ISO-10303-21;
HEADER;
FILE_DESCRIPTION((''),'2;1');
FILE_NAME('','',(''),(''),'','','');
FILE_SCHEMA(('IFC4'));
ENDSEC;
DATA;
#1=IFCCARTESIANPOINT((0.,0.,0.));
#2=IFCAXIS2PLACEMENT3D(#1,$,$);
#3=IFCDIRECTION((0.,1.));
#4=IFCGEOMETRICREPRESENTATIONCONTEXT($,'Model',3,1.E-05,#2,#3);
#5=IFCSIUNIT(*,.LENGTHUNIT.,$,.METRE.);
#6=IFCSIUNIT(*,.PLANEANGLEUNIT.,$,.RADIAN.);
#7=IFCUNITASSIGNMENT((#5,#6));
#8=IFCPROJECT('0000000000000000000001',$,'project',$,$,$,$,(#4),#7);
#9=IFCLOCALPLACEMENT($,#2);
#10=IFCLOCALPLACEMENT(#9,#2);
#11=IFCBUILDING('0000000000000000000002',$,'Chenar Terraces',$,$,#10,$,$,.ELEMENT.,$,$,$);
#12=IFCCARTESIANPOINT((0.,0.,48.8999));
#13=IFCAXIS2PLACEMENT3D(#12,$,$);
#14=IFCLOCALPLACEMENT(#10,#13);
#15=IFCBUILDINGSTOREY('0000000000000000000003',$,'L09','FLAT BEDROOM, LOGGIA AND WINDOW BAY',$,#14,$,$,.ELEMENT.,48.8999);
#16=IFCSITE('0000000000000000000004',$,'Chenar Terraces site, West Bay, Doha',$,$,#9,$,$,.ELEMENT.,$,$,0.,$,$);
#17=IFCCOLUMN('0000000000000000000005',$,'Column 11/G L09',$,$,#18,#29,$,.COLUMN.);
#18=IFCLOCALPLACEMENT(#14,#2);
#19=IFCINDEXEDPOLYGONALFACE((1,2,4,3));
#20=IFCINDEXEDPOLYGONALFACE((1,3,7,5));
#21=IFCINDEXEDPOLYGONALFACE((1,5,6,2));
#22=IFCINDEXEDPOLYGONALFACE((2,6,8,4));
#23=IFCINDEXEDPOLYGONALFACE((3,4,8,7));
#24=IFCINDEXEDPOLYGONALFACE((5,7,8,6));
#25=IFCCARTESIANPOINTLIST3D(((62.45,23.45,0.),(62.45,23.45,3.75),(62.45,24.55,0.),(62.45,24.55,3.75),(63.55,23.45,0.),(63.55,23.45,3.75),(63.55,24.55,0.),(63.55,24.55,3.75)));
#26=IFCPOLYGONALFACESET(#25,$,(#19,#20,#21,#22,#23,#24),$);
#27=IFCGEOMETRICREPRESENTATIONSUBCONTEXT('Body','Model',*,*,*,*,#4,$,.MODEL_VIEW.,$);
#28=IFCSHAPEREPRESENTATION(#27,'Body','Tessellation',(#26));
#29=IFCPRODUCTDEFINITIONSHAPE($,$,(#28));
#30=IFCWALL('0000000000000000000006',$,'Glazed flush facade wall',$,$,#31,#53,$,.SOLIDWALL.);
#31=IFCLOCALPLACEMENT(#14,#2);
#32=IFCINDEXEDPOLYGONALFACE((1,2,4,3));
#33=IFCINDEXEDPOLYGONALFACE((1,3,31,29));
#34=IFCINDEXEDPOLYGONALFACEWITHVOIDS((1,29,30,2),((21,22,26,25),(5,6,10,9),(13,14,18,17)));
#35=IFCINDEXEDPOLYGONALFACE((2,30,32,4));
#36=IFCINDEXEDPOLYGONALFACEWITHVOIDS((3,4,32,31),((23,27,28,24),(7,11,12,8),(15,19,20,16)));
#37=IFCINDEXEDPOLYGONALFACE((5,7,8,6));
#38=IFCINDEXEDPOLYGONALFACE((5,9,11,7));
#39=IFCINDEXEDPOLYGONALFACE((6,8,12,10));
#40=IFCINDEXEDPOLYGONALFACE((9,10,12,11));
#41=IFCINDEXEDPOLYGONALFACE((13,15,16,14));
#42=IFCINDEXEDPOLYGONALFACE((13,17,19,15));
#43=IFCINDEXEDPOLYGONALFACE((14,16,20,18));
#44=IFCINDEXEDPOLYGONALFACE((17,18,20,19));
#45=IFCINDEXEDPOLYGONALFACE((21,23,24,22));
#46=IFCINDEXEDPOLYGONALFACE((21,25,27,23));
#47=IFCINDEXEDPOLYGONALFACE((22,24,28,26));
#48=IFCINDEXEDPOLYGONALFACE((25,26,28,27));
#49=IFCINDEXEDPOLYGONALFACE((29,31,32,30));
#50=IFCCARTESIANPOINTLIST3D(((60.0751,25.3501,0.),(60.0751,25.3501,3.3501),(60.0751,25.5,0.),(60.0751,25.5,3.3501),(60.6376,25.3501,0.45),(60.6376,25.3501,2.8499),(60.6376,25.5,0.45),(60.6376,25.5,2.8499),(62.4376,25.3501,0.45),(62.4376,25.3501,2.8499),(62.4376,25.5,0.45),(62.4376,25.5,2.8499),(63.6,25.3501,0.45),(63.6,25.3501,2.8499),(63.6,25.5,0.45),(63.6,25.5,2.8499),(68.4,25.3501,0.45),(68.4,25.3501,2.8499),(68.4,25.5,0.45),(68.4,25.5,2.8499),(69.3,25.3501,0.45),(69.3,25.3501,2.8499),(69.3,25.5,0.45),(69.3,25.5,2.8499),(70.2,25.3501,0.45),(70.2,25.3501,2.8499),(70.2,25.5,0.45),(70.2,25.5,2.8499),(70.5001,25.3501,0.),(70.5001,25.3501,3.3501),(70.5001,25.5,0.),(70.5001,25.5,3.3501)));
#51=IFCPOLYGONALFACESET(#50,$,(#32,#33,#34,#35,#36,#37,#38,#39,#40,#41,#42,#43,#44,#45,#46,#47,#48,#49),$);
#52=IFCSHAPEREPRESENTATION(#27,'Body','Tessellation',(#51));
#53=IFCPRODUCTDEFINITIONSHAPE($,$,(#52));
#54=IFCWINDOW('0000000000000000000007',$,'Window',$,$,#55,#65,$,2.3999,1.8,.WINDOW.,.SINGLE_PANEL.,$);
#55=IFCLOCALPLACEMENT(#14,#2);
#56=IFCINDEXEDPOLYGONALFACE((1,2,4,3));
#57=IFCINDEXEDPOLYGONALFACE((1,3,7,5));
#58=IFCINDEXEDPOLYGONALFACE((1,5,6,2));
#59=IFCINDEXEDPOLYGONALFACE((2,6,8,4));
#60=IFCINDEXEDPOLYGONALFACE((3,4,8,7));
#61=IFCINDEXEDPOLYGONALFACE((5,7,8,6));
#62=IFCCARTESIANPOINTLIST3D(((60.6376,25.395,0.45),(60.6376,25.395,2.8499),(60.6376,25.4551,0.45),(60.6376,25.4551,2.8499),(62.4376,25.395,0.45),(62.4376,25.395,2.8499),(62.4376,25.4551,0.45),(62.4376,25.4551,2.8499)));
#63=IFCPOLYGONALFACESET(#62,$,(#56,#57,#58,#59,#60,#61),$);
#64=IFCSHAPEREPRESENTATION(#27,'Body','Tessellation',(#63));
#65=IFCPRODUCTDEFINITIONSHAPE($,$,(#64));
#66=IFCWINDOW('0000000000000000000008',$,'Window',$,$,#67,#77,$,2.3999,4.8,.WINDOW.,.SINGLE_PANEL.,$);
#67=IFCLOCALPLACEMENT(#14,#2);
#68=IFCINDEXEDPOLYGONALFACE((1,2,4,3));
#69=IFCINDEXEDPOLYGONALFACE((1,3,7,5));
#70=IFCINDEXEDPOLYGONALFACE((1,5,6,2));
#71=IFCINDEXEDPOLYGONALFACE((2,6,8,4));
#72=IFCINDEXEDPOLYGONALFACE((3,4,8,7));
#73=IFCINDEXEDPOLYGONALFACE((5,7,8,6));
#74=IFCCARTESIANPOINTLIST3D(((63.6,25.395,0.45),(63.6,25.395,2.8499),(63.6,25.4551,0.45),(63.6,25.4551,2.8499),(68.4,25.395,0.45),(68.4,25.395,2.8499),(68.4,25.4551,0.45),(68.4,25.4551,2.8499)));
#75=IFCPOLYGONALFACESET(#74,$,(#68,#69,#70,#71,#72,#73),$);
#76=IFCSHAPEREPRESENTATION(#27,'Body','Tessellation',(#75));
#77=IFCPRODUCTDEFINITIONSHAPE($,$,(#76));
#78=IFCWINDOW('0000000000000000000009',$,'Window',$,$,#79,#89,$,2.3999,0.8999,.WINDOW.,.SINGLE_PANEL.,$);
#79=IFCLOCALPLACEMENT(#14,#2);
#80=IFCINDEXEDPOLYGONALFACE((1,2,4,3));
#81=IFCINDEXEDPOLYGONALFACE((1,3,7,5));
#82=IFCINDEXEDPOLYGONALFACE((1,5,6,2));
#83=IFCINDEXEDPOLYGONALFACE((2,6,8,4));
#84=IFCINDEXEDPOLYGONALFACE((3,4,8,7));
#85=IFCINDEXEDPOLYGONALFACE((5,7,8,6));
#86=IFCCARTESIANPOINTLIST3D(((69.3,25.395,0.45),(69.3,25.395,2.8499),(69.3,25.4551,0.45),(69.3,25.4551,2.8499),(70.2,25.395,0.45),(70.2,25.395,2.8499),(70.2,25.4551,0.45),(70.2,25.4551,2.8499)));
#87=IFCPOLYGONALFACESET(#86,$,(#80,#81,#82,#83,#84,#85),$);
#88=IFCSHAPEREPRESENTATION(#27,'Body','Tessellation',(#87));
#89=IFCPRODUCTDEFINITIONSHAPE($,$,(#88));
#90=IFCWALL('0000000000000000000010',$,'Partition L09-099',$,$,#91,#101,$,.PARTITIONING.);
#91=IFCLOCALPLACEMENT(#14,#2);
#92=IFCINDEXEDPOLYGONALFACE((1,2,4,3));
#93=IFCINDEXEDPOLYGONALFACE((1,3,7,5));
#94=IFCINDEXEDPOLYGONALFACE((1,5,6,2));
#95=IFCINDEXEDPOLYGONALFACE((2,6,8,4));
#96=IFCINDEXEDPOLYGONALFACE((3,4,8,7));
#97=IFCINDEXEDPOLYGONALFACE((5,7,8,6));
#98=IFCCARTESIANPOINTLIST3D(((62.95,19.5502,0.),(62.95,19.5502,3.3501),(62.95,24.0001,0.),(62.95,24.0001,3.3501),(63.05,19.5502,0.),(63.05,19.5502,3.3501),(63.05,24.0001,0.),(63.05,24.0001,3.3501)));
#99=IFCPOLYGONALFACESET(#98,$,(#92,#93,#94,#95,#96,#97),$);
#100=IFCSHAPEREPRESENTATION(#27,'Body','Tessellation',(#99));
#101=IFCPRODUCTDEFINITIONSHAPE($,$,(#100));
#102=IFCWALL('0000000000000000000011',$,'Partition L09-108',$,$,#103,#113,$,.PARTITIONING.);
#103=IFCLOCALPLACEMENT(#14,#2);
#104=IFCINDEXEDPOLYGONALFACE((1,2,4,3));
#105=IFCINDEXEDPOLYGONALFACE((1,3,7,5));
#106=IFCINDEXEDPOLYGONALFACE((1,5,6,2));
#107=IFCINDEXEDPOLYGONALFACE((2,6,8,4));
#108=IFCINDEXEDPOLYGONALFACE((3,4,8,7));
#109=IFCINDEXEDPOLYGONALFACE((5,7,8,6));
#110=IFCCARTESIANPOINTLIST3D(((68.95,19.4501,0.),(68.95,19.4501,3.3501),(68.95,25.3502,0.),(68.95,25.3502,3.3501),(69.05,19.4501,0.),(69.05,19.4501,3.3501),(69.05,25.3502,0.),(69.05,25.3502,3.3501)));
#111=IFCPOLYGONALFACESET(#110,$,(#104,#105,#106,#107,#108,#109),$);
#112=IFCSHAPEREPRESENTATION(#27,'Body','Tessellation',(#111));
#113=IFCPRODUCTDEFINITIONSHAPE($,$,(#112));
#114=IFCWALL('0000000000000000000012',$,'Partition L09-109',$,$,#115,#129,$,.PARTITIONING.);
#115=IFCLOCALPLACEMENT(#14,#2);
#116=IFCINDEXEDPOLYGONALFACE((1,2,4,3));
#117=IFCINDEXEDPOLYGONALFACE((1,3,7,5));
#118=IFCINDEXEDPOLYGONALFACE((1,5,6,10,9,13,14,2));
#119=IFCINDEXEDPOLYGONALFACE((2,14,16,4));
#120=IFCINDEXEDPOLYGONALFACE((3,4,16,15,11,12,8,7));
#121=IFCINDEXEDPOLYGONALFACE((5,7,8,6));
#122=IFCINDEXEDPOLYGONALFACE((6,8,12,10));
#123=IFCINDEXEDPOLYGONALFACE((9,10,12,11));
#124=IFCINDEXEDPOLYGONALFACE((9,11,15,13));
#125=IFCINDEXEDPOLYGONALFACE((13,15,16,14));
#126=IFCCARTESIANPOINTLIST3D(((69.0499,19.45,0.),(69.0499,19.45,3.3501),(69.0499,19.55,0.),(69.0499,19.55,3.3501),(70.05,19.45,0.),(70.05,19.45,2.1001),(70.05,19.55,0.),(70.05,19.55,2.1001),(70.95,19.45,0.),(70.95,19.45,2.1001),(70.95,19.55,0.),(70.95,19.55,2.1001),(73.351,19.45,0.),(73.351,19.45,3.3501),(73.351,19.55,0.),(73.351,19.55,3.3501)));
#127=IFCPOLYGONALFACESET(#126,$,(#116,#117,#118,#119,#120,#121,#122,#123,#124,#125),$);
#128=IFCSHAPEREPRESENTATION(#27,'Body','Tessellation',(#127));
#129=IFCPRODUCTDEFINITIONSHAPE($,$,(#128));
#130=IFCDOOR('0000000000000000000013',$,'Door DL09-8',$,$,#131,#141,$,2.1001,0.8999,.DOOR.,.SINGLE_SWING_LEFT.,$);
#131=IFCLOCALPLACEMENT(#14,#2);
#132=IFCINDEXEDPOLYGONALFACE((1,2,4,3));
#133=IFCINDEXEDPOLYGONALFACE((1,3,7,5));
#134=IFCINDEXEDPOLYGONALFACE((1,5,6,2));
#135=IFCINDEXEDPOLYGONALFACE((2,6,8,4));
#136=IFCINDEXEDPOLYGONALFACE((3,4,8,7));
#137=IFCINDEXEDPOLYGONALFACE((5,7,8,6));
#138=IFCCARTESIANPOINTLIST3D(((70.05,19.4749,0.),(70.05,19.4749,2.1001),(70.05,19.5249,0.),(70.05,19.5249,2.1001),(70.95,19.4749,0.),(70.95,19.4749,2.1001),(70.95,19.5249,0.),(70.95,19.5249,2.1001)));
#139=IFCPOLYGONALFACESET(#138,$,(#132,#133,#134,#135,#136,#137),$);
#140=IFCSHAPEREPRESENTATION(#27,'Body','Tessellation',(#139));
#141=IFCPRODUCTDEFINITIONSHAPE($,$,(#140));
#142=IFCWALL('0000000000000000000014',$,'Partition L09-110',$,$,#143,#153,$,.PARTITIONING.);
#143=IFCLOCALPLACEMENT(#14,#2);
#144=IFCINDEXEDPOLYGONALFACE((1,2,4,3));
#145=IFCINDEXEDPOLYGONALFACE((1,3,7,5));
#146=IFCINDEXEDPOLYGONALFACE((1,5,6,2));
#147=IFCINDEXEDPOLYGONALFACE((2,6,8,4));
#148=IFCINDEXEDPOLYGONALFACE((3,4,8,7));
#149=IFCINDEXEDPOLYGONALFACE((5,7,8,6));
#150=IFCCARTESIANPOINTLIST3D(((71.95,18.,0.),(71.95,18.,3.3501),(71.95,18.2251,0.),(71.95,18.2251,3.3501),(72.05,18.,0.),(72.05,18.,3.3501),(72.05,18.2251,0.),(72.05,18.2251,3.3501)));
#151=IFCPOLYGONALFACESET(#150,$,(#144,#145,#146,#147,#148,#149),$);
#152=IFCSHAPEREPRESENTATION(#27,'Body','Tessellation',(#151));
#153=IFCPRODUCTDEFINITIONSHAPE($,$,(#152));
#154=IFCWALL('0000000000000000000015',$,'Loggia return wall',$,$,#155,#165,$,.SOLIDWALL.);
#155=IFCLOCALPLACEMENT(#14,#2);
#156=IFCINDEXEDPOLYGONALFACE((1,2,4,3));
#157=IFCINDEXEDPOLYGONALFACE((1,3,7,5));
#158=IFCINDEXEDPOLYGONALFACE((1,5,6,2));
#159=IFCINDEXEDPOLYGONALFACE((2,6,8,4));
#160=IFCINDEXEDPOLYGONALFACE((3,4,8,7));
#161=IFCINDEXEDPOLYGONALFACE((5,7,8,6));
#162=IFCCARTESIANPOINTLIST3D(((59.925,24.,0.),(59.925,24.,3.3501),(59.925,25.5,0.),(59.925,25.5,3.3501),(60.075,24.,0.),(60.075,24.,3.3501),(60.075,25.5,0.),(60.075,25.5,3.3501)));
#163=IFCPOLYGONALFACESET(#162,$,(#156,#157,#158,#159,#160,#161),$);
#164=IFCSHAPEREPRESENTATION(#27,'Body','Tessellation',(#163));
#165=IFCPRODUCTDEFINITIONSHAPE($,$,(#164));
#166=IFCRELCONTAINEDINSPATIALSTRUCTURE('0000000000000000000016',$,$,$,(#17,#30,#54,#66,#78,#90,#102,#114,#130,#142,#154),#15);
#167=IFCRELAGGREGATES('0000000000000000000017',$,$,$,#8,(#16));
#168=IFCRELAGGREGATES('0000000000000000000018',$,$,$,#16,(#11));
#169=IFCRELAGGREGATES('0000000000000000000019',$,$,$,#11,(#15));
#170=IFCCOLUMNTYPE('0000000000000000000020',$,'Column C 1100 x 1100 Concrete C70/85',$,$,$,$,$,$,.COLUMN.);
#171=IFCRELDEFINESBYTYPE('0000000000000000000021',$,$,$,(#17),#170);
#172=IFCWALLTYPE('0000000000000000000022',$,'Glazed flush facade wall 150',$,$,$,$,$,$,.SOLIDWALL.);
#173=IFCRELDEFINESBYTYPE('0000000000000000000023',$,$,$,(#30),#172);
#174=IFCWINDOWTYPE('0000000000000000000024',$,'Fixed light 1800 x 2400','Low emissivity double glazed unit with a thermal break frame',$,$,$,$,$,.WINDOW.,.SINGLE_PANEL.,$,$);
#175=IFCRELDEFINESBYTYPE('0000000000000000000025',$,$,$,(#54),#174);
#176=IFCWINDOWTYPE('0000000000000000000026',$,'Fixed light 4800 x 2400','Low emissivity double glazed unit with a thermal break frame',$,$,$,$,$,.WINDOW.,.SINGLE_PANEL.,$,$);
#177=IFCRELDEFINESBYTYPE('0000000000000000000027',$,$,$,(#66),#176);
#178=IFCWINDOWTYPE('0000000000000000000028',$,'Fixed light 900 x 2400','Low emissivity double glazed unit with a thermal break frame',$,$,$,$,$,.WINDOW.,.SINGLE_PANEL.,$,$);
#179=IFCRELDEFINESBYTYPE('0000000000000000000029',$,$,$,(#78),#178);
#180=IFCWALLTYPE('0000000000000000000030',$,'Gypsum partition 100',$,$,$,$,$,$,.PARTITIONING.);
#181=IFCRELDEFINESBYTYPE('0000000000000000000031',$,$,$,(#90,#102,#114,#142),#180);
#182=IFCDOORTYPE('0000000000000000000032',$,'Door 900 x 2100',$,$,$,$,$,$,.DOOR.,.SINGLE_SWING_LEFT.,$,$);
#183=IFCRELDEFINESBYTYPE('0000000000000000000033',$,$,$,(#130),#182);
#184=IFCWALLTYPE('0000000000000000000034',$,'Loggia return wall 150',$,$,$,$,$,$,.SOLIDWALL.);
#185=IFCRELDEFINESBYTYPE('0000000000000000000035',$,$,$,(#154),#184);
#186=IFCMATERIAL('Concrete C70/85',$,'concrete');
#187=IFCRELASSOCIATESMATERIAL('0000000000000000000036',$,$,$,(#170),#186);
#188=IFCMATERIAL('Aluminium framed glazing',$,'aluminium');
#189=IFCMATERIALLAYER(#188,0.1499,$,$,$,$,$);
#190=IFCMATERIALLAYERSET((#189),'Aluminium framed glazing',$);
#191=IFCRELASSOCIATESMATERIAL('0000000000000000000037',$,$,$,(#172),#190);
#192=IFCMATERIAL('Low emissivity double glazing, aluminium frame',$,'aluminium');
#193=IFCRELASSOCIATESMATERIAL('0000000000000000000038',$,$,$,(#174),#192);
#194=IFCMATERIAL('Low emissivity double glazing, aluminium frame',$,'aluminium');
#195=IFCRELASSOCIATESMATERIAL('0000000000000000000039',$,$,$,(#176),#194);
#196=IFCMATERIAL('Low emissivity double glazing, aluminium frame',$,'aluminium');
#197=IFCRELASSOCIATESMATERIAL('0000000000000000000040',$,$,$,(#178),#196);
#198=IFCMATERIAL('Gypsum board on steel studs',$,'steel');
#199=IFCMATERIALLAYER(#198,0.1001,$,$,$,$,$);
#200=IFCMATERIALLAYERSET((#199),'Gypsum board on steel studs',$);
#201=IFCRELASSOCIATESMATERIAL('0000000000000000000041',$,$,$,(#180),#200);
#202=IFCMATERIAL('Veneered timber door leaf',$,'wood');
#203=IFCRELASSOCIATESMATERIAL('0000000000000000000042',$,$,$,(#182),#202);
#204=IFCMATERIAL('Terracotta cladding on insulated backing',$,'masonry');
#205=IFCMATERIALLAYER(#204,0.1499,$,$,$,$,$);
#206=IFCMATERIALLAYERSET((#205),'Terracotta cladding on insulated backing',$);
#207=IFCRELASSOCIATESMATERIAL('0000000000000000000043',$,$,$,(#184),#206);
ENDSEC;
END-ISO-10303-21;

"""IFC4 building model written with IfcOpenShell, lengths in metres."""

from ifc_helpers import new_model, si_unit, direction, frame, frame_2d, origin, origin_2d, place, context, subcontext, project, spatial, rectangle, extrude, material, layer, layer_set, material_profile, profile_set, type_object, element, fill, save


model = new_model("IFC4")

# Units and contexts
model_context = context("Model", 3, precision=1e-05, world=origin(), true_north=direction((0.0, 1.0)))
body_context = subcontext(model_context, "Body", "Model", "MODEL_VIEW")
ifc_project = project(units=[si_unit("LENGTHUNIT", "METRE"), si_unit("PLANEANGLEUNIT", "RADIAN")], contexts=[model_context])

# Site, building, storey
site_placement = place(None, origin())
site = spatial("IfcSite", under=ifc_project, at=site_placement, Name="Chenar Terraces site, West Bay, Doha", CompositionType="ELEMENT", RefElevation=0.0)
building_placement = place(site_placement, origin())
building = spatial("IfcBuilding", under=site, at=building_placement, Name="Chenar Terraces", CompositionType="ELEMENT")
storey_placement = place(building_placement, frame((0.0, 0.0, 48.8999)))
storey = spatial("IfcBuildingStorey", under=building, at=storey_placement, Name="L09", Description="FLAT BEDROOM, LOGGIA AND WINDOW BAY", CompositionType="ELEMENT", Elevation=48.8999)

# Column
ifc_material_1 = material(Name="Concrete C70/85", Category="concrete")
ifc_material_profile_1 = material_profile(ifc_material_1, rectangle(XDim=1.1001, YDim=1.1001, at=origin_2d()), Name="C 1100 x 1100")
ifc_profile_set_1 = profile_set([ifc_material_profile_1], Name="Concrete C70/85")
column_type = type_object("IfcColumnType", Name="Column C 1100 x 1100 Concrete C70/85", PredefinedType="COLUMN", material=ifc_profile_set_1)
column_placement = place(storey_placement, frame((63.0, 24.0, 0.0), z_axis=(0.0, 0.0, 1.0), x_axis=(1.0, 0.0, 0.0)))
element("IfcColumn", 1, at=column_placement, inside=storey, type_object=column_type, Name="Column 11/G L09", PredefinedType="COLUMN", context=body_context, shape_type="SweptSolid", body=[
    extrude(rectangle(XDim=1.1001, YDim=1.1001, at=origin_2d()), origin(), (0.0, 0.0, 1.0), 3.75),
])

# Wall, openings, windows
ifc_material_2 = material(Name="Aluminium framed glazing", Category="aluminium")
ifc_layer_1 = layer(ifc_material_2, 0.1499)
ifc_layer_set_1 = layer_set([ifc_layer_1], Name="Aluminium framed glazing")
wall_type_1 = type_object("IfcWallType", Name="Glazed flush facade wall 150", PredefinedType="SOLIDWALL", material=ifc_layer_set_1)
wall_1_placement = place(storey_placement, frame((70.5, 25.425, 0.0), z_axis=(0.0, 0.0, 1.0), x_axis=(-1.0, 0.0, 0.0)))
wall_1 = element("IfcWall", 2, at=wall_1_placement, inside=storey, type_object=wall_type_1, Name="Glazed flush facade wall", PredefinedType="SOLIDWALL", context=body_context, shape_type="SweptSolid", body=[
    extrude(rectangle(XDim=10.425, YDim=0.1499, at=frame_2d((5.2124, 0.0))), origin(), (0.0, 0.0, 1.0), 3.3501),
])
opening_1_placement = place(wall_1_placement, frame((0.3, 0.0, 0.45)))
opening_1 = element("IfcOpeningElement", 3, at=opening_1_placement, cuts=wall_1, PredefinedType="OPENING", context=body_context, shape_type="SweptSolid", body=[
    extrude(rectangle(XDim=0.8999, YDim=2.3999, at=frame_2d((0.45, 1.2))), frame((0.0, 0.085, 0.0), z_axis=(0.0, -1.0, 0.0), x_axis=(1.0, 0.0, 0.0)), (0.0, 0.0, 1.0), 0.1699),
])
opening_2_placement = place(wall_1_placement, frame((2.1001, 0.0, 0.45)))
opening_2 = element("IfcOpeningElement", 4, at=opening_2_placement, cuts=wall_1, PredefinedType="OPENING", context=body_context, shape_type="SweptSolid", body=[
    extrude(rectangle(XDim=4.8, YDim=2.3999, at=frame_2d((2.3999, 1.2))), frame((0.0, 0.085, 0.0), z_axis=(0.0, -1.0, 0.0), x_axis=(1.0, 0.0, 0.0)), (0.0, 0.0, 1.0), 0.1699),
])
opening_3_placement = place(wall_1_placement, frame((8.0625, 0.0, 0.45)))
opening_3 = element("IfcOpeningElement", 5, at=opening_3_placement, cuts=wall_1, PredefinedType="OPENING", context=body_context, shape_type="SweptSolid", body=[
    extrude(rectangle(XDim=1.8, YDim=2.3999, at=frame_2d((0.8999, 1.2))), frame((0.0, 0.085, 0.0), z_axis=(0.0, -1.0, 0.0), x_axis=(1.0, 0.0, 0.0)), (0.0, 0.0, 1.0), 0.1699),
])
ifc_material_3 = material(Name="Low emissivity double glazing, aluminium frame", Category="aluminium")
window_type_1 = type_object("IfcWindowType", Name="Fixed light 1800 x 2400", Description="Low emissivity double glazed unit with a thermal break frame", PartitioningType="SINGLE_PANEL", PredefinedType="WINDOW", material=ifc_material_3)
window_1_placement = place(opening_3_placement, origin())
window_1 = element("IfcWindow", 6, at=window_1_placement, inside=storey, type_object=window_type_1, Name="Window", OverallHeight=2.3999, OverallWidth=1.8, PartitioningType="SINGLE_PANEL", PredefinedType="WINDOW", context=body_context, shape_type="SweptSolid", body=[
    extrude(rectangle(XDim=1.8, YDim=2.3999, at=frame_2d((0.8999, 1.2))), frame((0.0, 0.03, 0.0), z_axis=(0.0, -1.0, 0.0), x_axis=(1.0, 0.0, 0.0)), (0.0, 0.0, 1.0), 0.0601),
])
fill(opening_3, window_1)
ifc_material_4 = material(Name="Low emissivity double glazing, aluminium frame", Category="aluminium")
window_type_2 = type_object("IfcWindowType", Name="Fixed light 4800 x 2400", Description="Low emissivity double glazed unit with a thermal break frame", PartitioningType="SINGLE_PANEL", PredefinedType="WINDOW", material=ifc_material_4)
window_2_placement = place(opening_2_placement, origin())
window_2 = element("IfcWindow", 7, at=window_2_placement, inside=storey, type_object=window_type_2, Name="Window", OverallHeight=2.3999, OverallWidth=4.8, PartitioningType="SINGLE_PANEL", PredefinedType="WINDOW", context=body_context, shape_type="SweptSolid", body=[
    extrude(rectangle(XDim=4.8, YDim=2.3999, at=frame_2d((2.3999, 1.2))), frame((0.0, 0.03, 0.0), z_axis=(0.0, -1.0, 0.0), x_axis=(1.0, 0.0, 0.0)), (0.0, 0.0, 1.0), 0.0601),
])
fill(opening_2, window_2)
ifc_material_5 = material(Name="Low emissivity double glazing, aluminium frame", Category="aluminium")
window_type_3 = type_object("IfcWindowType", Name="Fixed light 900 x 2400", Description="Low emissivity double glazed unit with a thermal break frame", PartitioningType="SINGLE_PANEL", PredefinedType="WINDOW", material=ifc_material_5)
window_3_placement = place(opening_1_placement, origin())
window_3 = element("IfcWindow", 8, at=window_3_placement, inside=storey, type_object=window_type_3, Name="Window", OverallHeight=2.3999, OverallWidth=0.8999, PartitioningType="SINGLE_PANEL", PredefinedType="WINDOW", context=body_context, shape_type="SweptSolid", body=[
    extrude(rectangle(XDim=0.8999, YDim=2.3999, at=frame_2d((0.45, 1.2))), frame((0.0, 0.03, 0.0), z_axis=(0.0, -1.0, 0.0), x_axis=(1.0, 0.0, 0.0)), (0.0, 0.0, 1.0), 0.0601),
])
fill(opening_1, window_3)

# Walls
ifc_material_6 = material(Name="Gypsum board on steel studs", Category="steel")
ifc_layer_2 = layer(ifc_material_6, 0.1001)
ifc_layer_set_2 = layer_set([ifc_layer_2], Name="Gypsum board on steel studs")
wall_type_2 = type_object("IfcWallType", Name="Gypsum partition 100", PredefinedType="PARTITIONING", material=ifc_layer_set_2)
wall_2_placement = place(storey_placement, frame((63.0, 19.55, 0.0), z_axis=(0.0, 0.0, 1.0), x_axis=(0.0, 1.0, 0.0)))
element("IfcWall", 9, at=wall_2_placement, inside=storey, type_object=wall_type_2, Name="Partition L09-099", PredefinedType="PARTITIONING", context=body_context, shape_type="SweptSolid", body=[
    extrude(rectangle(XDim=4.45, YDim=0.1001, at=frame_2d((2.2251, 0.0))), origin(), (0.0, 0.0, 1.0), 3.3501),
])
wall_3_placement = place(storey_placement, frame((69.0, 19.45, 0.0), z_axis=(0.0, 0.0, 1.0), x_axis=(0.0, 1.0, 0.0)))
element("IfcWall", 10, at=wall_3_placement, inside=storey, type_object=wall_type_2, Name="Partition L09-108", PredefinedType="PARTITIONING", context=body_context, shape_type="SweptSolid", body=[
    extrude(rectangle(XDim=5.9001, YDim=0.1001, at=frame_2d((2.9502, 0.0))), origin(), (0.0, 0.0, 1.0), 3.3501),
])

# Wall, opening, door
wall_4_placement = place(storey_placement, frame((69.05, 19.5, 0.0), z_axis=(0.0, 0.0, 1.0), x_axis=(1.0, 0.0, 0.0)))
wall_4 = element("IfcWall", 11, at=wall_4_placement, inside=storey, type_object=wall_type_2, Name="Partition L09-109", PredefinedType="PARTITIONING", context=body_context, shape_type="SweptSolid", body=[
    extrude(rectangle(XDim=4.301, YDim=0.1001, at=frame_2d((2.1504, 0.0))), origin(), (0.0, 0.0, 1.0), 3.3501),
])
opening_4_placement = place(wall_4_placement, frame((1.0, 0.0, 0.0)))
opening_4 = element("IfcOpeningElement", 12, at=opening_4_placement, cuts=wall_4, PredefinedType="OPENING", context=body_context, shape_type="SweptSolid", body=[
    extrude(rectangle(XDim=0.8999, YDim=2.1001, at=frame_2d((0.45, 1.05))), frame((0.0, 0.0601, 0.0), z_axis=(0.0, -1.0, 0.0), x_axis=(1.0, 0.0, 0.0)), (0.0, 0.0, 1.0), 0.1201),
])
ifc_material_7 = material(Name="Veneered timber door leaf", Category="wood")
door_type = type_object("IfcDoorType", Name="Door 900 x 2100", OperationType="SINGLE_SWING_LEFT", PredefinedType="DOOR", material=ifc_material_7)
door_placement = place(opening_4_placement, origin())
door = element("IfcDoor", 13, at=door_placement, inside=storey, type_object=door_type, Name="Door DL09-8", OperationType="SINGLE_SWING_LEFT", OverallHeight=2.1001, OverallWidth=0.8999, PredefinedType="DOOR", context=body_context, shape_type="SweptSolid", body=[
    extrude(rectangle(XDim=0.8999, YDim=2.1001, at=frame_2d((0.45, 1.05))), frame((0.0, 0.0249, 0.0), z_axis=(0.0, -1.0, 0.0), x_axis=(1.0, 0.0, 0.0)), (0.0, 0.0, 1.0), 0.05),
])
fill(opening_4, door)

# Walls
wall_5_placement = place(storey_placement, frame((72.0, 18.0, 0.0), z_axis=(0.0, 0.0, 1.0), x_axis=(0.0, 1.0, 0.0)))
element("IfcWall", 14, at=wall_5_placement, inside=storey, type_object=wall_type_2, Name="Partition L09-110", PredefinedType="PARTITIONING", context=body_context, shape_type="SweptSolid", body=[
    extrude(rectangle(XDim=0.2251, YDim=0.1001, at=frame_2d((0.1125, 0.0))), origin(), (0.0, 0.0, 1.0), 3.3501),
])
ifc_material_8 = material(Name="Terracotta cladding on insulated backing", Category="masonry")
ifc_layer_3 = layer(ifc_material_8, 0.1499)
ifc_layer_set_3 = layer_set([ifc_layer_3], Name="Terracotta cladding on insulated backing")
wall_type_3 = type_object("IfcWallType", Name="Loggia return wall 150", PredefinedType="SOLIDWALL", material=ifc_layer_set_3)
wall_6_placement = place(storey_placement, frame((60.0, 25.5, 0.0), z_axis=(0.0, 0.0, 1.0), x_axis=(0.0, -1.0, 0.0)))
element("IfcWall", 15, at=wall_6_placement, inside=storey, type_object=wall_type_3, Name="Loggia return wall", PredefinedType="SOLIDWALL", context=body_context, shape_type="SweptSolid", body=[
    extrude(rectangle(XDim=1.5, YDim=0.1499, at=frame_2d((0.75, 0.0))), origin(), (0.0, 0.0, 1.0), 3.3501),
])

save(model, "model.ifc")
